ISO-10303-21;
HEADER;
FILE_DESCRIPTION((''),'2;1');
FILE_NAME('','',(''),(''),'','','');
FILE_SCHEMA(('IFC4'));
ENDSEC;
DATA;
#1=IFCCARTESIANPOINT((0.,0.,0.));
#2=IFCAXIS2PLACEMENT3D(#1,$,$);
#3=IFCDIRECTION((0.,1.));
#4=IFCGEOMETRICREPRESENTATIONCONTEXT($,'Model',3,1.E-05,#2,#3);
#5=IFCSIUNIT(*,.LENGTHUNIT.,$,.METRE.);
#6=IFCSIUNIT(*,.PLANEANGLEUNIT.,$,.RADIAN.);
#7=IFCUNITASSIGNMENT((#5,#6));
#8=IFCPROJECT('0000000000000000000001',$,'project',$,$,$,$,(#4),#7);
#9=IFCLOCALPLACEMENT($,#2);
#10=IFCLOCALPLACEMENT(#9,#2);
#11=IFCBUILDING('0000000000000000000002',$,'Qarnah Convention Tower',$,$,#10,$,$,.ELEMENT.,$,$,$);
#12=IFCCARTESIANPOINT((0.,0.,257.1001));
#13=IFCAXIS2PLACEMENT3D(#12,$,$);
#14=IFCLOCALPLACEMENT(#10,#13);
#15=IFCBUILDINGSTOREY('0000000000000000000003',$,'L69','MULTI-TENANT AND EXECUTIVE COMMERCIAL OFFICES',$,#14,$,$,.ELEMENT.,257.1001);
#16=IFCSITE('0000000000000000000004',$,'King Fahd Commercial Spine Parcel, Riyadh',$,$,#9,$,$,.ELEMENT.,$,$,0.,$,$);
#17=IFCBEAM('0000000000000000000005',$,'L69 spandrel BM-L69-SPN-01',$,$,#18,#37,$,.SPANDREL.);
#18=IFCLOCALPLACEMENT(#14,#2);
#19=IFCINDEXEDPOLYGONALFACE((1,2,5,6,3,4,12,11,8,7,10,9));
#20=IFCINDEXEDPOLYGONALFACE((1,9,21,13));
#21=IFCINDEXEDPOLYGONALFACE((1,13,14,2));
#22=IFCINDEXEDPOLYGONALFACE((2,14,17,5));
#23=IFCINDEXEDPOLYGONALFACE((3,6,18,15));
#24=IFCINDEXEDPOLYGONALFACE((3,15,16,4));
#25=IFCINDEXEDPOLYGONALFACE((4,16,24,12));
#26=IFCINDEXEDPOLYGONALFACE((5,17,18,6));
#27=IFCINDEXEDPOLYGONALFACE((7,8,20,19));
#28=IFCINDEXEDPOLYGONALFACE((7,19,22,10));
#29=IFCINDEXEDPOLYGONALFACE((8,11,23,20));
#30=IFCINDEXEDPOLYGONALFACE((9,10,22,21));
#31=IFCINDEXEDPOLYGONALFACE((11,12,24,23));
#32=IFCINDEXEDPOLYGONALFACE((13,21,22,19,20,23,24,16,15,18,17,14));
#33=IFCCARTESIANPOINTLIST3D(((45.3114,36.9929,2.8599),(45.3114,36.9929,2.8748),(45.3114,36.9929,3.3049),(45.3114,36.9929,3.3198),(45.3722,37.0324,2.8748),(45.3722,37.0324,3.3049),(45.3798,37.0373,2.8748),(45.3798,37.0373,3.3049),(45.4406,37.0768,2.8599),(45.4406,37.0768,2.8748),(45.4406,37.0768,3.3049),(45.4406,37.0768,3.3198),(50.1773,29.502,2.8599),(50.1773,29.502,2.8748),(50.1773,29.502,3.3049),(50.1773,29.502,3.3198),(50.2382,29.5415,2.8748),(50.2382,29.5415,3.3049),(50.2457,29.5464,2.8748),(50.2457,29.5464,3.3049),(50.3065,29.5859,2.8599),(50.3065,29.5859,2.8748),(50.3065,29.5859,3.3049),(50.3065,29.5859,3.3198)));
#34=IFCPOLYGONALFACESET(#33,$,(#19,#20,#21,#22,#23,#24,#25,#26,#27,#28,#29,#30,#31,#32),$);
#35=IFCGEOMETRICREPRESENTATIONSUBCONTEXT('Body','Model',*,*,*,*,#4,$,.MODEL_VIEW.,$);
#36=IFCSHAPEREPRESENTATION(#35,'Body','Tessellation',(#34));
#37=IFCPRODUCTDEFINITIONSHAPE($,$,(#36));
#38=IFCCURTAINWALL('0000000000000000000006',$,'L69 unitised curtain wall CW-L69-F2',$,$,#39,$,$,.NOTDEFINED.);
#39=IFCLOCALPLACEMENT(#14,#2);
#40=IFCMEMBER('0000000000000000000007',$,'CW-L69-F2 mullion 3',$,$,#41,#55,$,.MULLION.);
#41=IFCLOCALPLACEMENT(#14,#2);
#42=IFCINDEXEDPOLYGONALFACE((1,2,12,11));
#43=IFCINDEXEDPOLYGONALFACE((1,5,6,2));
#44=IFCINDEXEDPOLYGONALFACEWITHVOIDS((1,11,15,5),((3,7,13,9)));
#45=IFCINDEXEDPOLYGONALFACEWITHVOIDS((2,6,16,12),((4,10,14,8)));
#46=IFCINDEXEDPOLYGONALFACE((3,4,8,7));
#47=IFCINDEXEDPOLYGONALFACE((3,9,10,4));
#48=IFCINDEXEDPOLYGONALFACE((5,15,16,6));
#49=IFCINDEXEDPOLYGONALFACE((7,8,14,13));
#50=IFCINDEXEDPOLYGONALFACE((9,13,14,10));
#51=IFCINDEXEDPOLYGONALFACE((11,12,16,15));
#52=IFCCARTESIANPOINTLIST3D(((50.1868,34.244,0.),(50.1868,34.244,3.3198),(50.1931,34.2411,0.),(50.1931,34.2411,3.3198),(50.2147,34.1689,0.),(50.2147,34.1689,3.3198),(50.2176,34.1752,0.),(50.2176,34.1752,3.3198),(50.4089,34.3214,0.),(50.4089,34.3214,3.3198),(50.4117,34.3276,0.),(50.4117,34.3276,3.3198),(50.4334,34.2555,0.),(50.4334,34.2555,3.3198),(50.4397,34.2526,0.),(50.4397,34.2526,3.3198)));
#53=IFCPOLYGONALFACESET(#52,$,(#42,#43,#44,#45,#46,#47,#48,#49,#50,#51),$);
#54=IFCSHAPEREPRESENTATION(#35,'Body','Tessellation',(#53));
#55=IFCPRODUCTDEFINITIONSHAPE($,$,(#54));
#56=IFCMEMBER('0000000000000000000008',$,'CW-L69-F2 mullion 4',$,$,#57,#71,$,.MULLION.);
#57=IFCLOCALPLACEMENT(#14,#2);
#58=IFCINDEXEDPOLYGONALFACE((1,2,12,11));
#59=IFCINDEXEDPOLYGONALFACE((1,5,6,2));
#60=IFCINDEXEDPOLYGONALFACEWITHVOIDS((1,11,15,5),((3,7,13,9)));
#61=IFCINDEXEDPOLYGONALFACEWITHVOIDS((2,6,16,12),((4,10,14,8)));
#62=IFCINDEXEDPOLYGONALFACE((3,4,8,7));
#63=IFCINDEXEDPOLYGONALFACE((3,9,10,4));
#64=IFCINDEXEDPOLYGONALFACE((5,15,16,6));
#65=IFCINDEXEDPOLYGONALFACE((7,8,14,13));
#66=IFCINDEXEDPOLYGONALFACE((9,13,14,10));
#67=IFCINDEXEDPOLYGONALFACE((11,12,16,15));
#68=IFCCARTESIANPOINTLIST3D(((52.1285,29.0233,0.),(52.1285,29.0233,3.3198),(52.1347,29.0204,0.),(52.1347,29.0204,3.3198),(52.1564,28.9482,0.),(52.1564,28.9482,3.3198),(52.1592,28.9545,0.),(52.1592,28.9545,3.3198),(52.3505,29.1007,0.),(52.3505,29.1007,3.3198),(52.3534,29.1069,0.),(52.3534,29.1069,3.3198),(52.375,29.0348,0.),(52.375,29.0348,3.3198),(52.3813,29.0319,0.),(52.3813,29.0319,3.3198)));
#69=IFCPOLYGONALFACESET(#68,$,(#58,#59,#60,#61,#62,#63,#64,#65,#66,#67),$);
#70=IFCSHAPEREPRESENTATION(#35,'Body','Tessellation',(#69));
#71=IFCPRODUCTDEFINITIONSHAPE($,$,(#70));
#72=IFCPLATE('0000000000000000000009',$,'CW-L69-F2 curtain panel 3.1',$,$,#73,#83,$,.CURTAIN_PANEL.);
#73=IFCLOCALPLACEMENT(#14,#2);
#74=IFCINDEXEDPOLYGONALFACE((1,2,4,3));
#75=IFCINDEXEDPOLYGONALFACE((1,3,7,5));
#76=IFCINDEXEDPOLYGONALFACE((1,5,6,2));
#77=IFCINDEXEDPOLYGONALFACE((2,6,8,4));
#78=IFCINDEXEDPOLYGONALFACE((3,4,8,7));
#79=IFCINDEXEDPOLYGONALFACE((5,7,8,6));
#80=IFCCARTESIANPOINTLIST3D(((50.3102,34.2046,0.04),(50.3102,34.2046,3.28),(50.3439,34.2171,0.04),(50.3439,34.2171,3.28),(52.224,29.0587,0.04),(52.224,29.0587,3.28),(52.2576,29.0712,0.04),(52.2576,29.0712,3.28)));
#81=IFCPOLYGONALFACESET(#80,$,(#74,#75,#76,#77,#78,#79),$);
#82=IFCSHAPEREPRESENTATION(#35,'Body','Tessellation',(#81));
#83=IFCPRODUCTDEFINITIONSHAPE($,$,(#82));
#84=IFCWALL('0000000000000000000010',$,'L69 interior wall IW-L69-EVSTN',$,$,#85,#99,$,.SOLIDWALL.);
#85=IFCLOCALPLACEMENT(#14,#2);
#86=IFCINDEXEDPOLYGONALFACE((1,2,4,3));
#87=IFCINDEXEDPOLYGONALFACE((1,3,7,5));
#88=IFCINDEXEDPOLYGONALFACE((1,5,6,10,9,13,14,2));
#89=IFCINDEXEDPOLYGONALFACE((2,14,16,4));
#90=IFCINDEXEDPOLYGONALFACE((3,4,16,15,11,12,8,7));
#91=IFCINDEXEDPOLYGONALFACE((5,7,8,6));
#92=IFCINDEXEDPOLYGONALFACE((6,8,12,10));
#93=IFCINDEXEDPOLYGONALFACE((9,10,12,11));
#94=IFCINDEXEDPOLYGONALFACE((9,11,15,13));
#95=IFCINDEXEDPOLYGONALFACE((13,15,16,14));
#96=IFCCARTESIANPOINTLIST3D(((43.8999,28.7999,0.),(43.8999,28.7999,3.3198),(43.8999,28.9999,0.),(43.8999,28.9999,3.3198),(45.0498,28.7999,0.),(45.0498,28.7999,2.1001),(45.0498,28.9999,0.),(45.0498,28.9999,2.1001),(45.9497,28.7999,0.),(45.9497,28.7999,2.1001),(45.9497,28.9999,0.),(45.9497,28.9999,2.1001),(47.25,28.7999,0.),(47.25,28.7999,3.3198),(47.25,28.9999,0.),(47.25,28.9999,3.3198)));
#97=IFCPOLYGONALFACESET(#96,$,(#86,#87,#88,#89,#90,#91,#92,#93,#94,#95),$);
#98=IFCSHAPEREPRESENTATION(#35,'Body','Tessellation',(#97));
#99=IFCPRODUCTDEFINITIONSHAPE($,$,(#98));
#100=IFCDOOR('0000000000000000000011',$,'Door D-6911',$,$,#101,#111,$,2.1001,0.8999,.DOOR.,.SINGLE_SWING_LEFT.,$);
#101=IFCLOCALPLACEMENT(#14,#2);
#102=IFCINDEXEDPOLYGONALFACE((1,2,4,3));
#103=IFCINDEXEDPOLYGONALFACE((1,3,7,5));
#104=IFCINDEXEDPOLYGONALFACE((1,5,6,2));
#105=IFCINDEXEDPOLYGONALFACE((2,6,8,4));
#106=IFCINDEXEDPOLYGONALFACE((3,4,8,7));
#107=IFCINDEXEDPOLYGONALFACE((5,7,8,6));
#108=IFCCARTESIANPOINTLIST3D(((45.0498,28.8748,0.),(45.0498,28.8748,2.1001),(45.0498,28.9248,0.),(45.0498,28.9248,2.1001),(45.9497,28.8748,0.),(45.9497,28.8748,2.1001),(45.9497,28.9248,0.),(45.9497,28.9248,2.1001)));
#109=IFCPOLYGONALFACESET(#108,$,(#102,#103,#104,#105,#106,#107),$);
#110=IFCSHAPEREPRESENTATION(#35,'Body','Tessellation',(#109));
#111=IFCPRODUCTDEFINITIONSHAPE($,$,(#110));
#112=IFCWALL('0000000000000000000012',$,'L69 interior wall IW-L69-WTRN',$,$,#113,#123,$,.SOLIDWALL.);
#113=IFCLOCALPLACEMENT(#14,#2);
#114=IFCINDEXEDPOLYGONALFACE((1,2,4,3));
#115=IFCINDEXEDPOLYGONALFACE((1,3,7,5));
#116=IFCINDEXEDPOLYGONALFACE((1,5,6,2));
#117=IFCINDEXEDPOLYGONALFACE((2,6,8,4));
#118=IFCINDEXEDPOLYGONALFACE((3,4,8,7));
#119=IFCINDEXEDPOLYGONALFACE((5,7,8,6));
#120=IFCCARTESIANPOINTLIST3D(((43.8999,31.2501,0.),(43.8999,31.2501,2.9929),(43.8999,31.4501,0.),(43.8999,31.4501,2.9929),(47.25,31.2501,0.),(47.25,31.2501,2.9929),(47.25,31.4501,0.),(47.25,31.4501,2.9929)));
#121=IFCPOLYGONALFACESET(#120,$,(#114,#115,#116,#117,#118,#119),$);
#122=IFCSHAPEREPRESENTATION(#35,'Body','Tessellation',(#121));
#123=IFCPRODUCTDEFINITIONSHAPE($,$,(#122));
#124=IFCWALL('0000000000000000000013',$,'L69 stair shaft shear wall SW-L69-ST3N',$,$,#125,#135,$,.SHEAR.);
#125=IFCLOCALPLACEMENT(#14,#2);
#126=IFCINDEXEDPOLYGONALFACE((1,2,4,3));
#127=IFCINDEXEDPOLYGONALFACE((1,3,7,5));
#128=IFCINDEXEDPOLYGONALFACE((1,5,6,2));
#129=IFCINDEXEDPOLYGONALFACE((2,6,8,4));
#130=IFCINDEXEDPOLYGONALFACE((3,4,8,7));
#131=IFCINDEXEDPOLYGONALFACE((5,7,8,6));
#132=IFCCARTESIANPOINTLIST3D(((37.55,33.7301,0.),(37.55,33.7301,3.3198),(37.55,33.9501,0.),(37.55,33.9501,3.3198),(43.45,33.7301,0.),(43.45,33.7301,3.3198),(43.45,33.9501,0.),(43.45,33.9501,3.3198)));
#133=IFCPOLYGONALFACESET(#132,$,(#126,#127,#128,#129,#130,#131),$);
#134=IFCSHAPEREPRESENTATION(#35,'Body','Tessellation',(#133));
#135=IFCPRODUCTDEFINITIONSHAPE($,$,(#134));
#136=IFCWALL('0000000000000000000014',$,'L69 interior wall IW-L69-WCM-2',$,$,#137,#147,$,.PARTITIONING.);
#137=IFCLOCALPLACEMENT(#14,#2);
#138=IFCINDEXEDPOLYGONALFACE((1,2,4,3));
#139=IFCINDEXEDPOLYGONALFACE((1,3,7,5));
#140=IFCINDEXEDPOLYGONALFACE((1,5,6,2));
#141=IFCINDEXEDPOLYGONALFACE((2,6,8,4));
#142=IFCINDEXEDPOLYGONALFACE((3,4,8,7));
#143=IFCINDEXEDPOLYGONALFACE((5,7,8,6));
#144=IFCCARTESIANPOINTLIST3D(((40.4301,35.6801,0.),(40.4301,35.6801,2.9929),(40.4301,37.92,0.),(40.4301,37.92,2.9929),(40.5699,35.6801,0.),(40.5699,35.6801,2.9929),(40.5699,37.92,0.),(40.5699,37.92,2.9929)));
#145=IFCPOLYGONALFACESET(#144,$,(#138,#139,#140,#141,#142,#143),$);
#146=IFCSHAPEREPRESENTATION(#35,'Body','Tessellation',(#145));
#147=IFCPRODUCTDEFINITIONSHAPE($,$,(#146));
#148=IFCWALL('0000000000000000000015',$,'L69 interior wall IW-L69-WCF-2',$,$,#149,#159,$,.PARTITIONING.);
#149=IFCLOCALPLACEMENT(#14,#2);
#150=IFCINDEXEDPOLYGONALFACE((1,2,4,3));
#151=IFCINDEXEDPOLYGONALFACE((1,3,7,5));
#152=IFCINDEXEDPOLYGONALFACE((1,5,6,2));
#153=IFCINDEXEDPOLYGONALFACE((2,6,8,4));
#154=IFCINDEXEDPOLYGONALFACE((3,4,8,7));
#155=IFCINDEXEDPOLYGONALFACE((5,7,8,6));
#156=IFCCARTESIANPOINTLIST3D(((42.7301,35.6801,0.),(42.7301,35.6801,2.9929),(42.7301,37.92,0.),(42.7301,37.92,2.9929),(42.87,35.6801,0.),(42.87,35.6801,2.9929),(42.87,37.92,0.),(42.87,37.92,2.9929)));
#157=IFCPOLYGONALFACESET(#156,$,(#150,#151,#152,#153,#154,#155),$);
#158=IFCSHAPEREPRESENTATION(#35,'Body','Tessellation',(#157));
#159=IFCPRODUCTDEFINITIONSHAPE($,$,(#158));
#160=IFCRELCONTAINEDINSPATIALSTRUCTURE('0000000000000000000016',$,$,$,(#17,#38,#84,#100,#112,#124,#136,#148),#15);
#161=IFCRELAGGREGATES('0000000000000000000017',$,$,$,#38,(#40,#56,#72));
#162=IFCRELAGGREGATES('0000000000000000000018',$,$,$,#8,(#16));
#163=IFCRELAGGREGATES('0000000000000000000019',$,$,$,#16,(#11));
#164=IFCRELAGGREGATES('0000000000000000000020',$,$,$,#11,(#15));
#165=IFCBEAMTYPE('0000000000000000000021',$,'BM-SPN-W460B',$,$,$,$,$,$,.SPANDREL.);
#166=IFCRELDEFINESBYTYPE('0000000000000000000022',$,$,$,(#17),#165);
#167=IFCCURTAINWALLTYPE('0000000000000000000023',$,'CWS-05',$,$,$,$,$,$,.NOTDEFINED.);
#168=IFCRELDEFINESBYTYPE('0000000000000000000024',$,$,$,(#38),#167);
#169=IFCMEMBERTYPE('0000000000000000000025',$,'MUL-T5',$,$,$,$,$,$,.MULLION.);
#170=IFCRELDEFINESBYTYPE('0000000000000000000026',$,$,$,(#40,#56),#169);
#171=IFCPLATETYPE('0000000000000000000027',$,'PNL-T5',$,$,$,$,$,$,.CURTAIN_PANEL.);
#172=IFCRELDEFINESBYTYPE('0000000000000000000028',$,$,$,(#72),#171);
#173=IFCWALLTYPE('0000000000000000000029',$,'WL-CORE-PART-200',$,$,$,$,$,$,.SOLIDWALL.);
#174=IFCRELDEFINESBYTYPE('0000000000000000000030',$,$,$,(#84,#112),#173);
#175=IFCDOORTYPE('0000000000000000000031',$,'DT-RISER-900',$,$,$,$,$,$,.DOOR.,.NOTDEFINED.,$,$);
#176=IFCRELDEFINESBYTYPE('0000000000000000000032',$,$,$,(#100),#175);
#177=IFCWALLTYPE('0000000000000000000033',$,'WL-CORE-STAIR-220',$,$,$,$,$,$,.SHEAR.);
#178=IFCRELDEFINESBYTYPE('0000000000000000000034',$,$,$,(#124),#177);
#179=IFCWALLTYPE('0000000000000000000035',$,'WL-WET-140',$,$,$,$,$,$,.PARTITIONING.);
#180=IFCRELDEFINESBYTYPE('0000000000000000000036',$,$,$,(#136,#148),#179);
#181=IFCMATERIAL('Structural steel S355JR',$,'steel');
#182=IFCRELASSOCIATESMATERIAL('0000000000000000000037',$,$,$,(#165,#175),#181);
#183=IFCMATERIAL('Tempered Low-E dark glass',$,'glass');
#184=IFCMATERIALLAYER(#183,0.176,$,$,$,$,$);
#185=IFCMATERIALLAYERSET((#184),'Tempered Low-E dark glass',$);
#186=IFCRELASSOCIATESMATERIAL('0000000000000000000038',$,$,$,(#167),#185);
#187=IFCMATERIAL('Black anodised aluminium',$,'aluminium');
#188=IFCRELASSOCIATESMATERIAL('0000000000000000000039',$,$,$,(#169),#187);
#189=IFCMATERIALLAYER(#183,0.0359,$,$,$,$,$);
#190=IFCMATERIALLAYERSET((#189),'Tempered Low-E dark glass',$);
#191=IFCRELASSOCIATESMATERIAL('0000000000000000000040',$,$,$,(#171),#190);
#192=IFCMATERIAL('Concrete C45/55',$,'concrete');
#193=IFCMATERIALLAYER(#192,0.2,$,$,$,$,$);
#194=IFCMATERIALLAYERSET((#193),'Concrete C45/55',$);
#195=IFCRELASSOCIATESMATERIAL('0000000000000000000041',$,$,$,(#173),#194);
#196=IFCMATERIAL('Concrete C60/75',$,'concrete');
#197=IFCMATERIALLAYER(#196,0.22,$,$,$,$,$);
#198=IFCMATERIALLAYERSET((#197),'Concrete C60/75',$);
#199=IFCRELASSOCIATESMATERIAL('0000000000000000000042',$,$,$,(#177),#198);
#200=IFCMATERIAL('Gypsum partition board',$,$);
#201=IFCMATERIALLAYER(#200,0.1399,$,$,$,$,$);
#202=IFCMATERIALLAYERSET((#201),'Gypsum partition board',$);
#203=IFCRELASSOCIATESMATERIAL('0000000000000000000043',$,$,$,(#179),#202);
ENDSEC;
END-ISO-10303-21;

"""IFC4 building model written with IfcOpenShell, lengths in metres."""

from ifc_helpers import new_model, si_unit, direction, frame, frame_2d, origin, origin_2d, place, context, subcontext, project, spatial, rectangle, hollow_rectangle, i_section, extrude, material, layer, layer_set, material_profile, profile_set, type_object, element, fill, aggregate, save


model = new_model("IFC4")

# Units and contexts
model_context = context("Model", 3, precision=1e-05, world=origin(), true_north=direction((0.0, 1.0)))
body_context = subcontext(model_context, "Body", "Model", "MODEL_VIEW")
ifc_project = project(units=[si_unit("LENGTHUNIT", "METRE"), si_unit("PLANEANGLEUNIT", "RADIAN")], contexts=[model_context])

# Site, building, storey
site_placement = place(None, origin())
site = spatial("IfcSite", under=ifc_project, at=site_placement, Name="King Fahd Commercial Spine Parcel, Riyadh", CompositionType="ELEMENT", RefElevation=0.0)
building_placement = place(site_placement, origin())
building = spatial("IfcBuilding", under=site, at=building_placement, Name="Qarnah Convention Tower", CompositionType="ELEMENT")
storey_placement = place(building_placement, frame((0.0, 0.0, 257.1001)))
storey = spatial("IfcBuildingStorey", under=building, at=storey_placement, Name="L69", Description="MULTI-TENANT AND EXECUTIVE COMMERCIAL OFFICES", CompositionType="ELEMENT", Elevation=257.1001)

# Beam
ifc_material_1 = material(Name="Structural steel S355JR", Category="steel")
ifc_material_profile_1 = material_profile(ifc_material_1, i_section(OverallWidth=0.1541, OverallDepth=0.46, WebThickness=0.009, FlangeThickness=0.0149, at=origin_2d()), Name="W460X68")
ifc_profile_set_1 = profile_set([ifc_material_profile_1], Name="Structural steel S355JR")
beam_type_1 = type_object("IfcBeamType", Name="BM-SPN-W460B", PredefinedType="SPANDREL", material=ifc_profile_set_1)
beam_1_placement = place(storey_placement, frame((50.2419, 29.5439, 3.0898), z_axis=(-0.54474, 0.838605, 0.0), x_axis=(-0.838605, -0.54474, 0.0)))
element("IfcBeam", 1, at=beam_1_placement, inside=storey, type_object=beam_type_1, Name="L69 spandrel BM-L69-SPN-01", PredefinedType="SPANDREL", context=body_context, shape_type="SweptSolid", body=[
    extrude(i_section(OverallWidth=0.1541, OverallDepth=0.46, WebThickness=0.009, FlangeThickness=0.0149, at=origin_2d()), origin(), (0.0, 0.0, 1.0), 8.9326),
])

# Curtain wall, members, plate
ifc_material_2 = material(Name="Tempered Low-E dark glass", Category="glass")
ifc_layer_1 = layer(ifc_material_2, 0.176)
ifc_layer_set_1 = layer_set([ifc_layer_1], Name="Tempered Low-E dark glass")
curtain_wall_type = type_object("IfcCurtainWallType", Name="CWS-05", PredefinedType="NOTDEFINED", material=ifc_layer_set_1)
curtain_wall_placement = place(storey_placement, origin())
curtain_wall = element("IfcCurtainWall", 2, at=curtain_wall_placement, inside=storey, type_object=curtain_wall_type, Name="L69 unitised curtain wall CW-L69-F2", PredefinedType="NOTDEFINED")
ifc_material_3 = material(Name="Black anodised aluminium", Category="aluminium")
ifc_material_profile_2 = material_profile(ifc_material_3, hollow_rectangle(XDim=0.0801, YDim=0.24, WallThickness=0.0049, at=origin_2d()), Name="MUL-80X240")
ifc_profile_set_2 = profile_set([ifc_material_profile_2], Name="Black anodised aluminium")
member_type = type_object("IfcMemberType", Name="MUL-T5", PredefinedType="MULLION", material=ifc_profile_set_2)
member_1_placement = place(storey_placement, frame((50.3132, 34.2483, 0.0), z_axis=(0.0, 0.0, 1.0), x_axis=(0.348572, -0.937282, 0.0)))
member_1 = element("IfcMember", 3, at=member_1_placement, type_object=member_type, Name="CW-L69-F2 mullion 3", PredefinedType="MULLION", context=body_context, shape_type="SweptSolid", body=[
    extrude(hollow_rectangle(XDim=0.0801, YDim=0.24, WallThickness=0.0049, at=origin_2d()), origin(), (0.0, 0.0, 1.0), 3.3198),
])
member_2_placement = place(storey_placement, frame((52.2549, 29.0276, 0.0), z_axis=(0.0, 0.0, 1.0), x_axis=(0.348572, -0.937282, 0.0)))
member_2 = element("IfcMember", 4, at=member_2_placement, type_object=member_type, Name="CW-L69-F2 mullion 4", PredefinedType="MULLION", context=body_context, shape_type="SweptSolid", body=[
    extrude(hollow_rectangle(XDim=0.0801, YDim=0.24, WallThickness=0.0049, at=origin_2d()), origin(), (0.0, 0.0, 1.0), 3.3198),
])
ifc_layer_2 = layer(ifc_material_2, 0.0359)
ifc_layer_set_2 = layer_set([ifc_layer_2], Name="Tempered Low-E dark glass")
plate_type = type_object("IfcPlateType", Name="PNL-T5", PredefinedType="CURTAIN_PANEL", material=ifc_layer_set_2)
plate_placement = place(storey_placement, frame((51.2839, 31.6379, 0.04), z_axis=(0.0, 0.0, 1.0), x_axis=(0.348572, -0.937282, 0.0)))
plate = element("IfcPlate", 5, at=plate_placement, type_object=plate_type, Name="CW-L69-F2 curtain panel 3.1", PredefinedType="CURTAIN_PANEL", context=body_context, shape_type="SweptSolid", body=[
    extrude(rectangle(XDim=5.4902, YDim=0.0359, at=origin_2d()), origin(), (0.0, 0.0, 1.0), 3.24),
])
aggregate(curtain_wall, [member_1, member_2, plate])

# Wall, opening, door
ifc_material_4 = material(Name="Concrete C45/55", Category="concrete")
ifc_layer_3 = layer(ifc_material_4, 0.2)
ifc_layer_set_3 = layer_set([ifc_layer_3], Name="Concrete C45/55")
wall_type_1 = type_object("IfcWallType", Name="WL-CORE-PART-200", PredefinedType="SOLIDWALL", material=ifc_layer_set_3)
wall_1_placement = place(storey_placement, frame((43.8999, 28.8999, 0.0), z_axis=(0.0, 0.0, 1.0), x_axis=(1.0, 0.0, 0.0)))
wall_1 = element("IfcWall", 6, at=wall_1_placement, inside=storey, type_object=wall_type_1, Name="L69 interior wall IW-L69-EVSTN", PredefinedType="SOLIDWALL", context=body_context, shape_type="SweptSolid", body=[
    extrude(rectangle(XDim=3.3501, YDim=0.2, at=frame_2d((1.675, 0.0))), origin(), (0.0, 0.0, 1.0), 3.3198),
])
opening_placement = place(wall_1_placement, frame((1.1499, 0.0, 0.0)))
opening = element("IfcOpeningElement", 7, at=opening_placement, cuts=wall_1, PredefinedType="OPENING", context=body_context, shape_type="SweptSolid", body=[
    extrude(rectangle(XDim=0.8999, YDim=2.1001, at=frame_2d((0.45, 1.05))), frame((0.0, 0.1099, 0.0), z_axis=(0.0, -1.0, 0.0), x_axis=(1.0, 0.0, 0.0)), (0.0, 0.0, 1.0), 0.22),
])
door_type = type_object("IfcDoorType", Name="DT-RISER-900", OperationType="NOTDEFINED", PredefinedType="DOOR", material=ifc_material_1)
door_placement = place(opening_placement, origin())
door = element("IfcDoor", 8, at=door_placement, inside=storey, type_object=door_type, Name="Door D-6911", OperationType="SINGLE_SWING_LEFT", OverallHeight=2.1001, OverallWidth=0.8999, PredefinedType="DOOR", context=body_context, shape_type="SweptSolid", body=[
    extrude(rectangle(XDim=0.8999, YDim=2.1001, at=frame_2d((0.45, 1.05))), frame((0.0, 0.0249, 0.0), z_axis=(0.0, -1.0, 0.0), x_axis=(1.0, 0.0, 0.0)), (0.0, 0.0, 1.0), 0.05),
])
fill(opening, door)

# Walls
wall_2_placement = place(storey_placement, frame((43.8999, 31.3501, 0.0), z_axis=(0.0, 0.0, 1.0), x_axis=(1.0, 0.0, 0.0)))
element("IfcWall", 9, at=wall_2_placement, inside=storey, type_object=wall_type_1, Name="L69 interior wall IW-L69-WTRN", PredefinedType="SOLIDWALL", context=body_context, shape_type="SweptSolid", body=[
    extrude(rectangle(XDim=3.3501, YDim=0.2, at=frame_2d((1.675, 0.0))), origin(), (0.0, 0.0, 1.0), 2.9929),
])
ifc_material_5 = material(Name="Concrete C60/75", Category="concrete")
ifc_layer_4 = layer(ifc_material_5, 0.22)
ifc_layer_set_4 = layer_set([ifc_layer_4], Name="Concrete C60/75")
wall_type_2 = type_object("IfcWallType", Name="WL-CORE-STAIR-220", PredefinedType="SHEAR", material=ifc_layer_set_4)
wall_3_placement = place(storey_placement, frame((37.55, 33.8401, 0.0), z_axis=(0.0, 0.0, 1.0), x_axis=(1.0, 0.0, 0.0)))
element("IfcWall", 10, at=wall_3_placement, inside=storey, type_object=wall_type_2, Name="L69 stair shaft shear wall SW-L69-ST3N", PredefinedType="SHEAR", context=body_context, shape_type="SweptSolid", body=[
    extrude(rectangle(XDim=5.8999, YDim=0.22, at=frame_2d((2.95, 0.0))), origin(), (0.0, 0.0, 1.0), 3.3198),
])
ifc_material_6 = material(Name="Gypsum partition board")
ifc_layer_5 = layer(ifc_material_6, 0.1399)
ifc_layer_set_5 = layer_set([ifc_layer_5], Name="Gypsum partition board")
wall_type_3 = type_object("IfcWallType", Name="WL-WET-140", PredefinedType="PARTITIONING", material=ifc_layer_set_5)
for number, where, z_axis, x_axis, name in (
    (11, (40.5, 35.6799, 0.0), (0.0, 0.0, 1.0), (0.0, 1.0, 0.0), "L69 interior wall IW-L69-WCM-2"),
    (12, (42.8, 35.6799, 0.0), (0.0, 0.0, 1.0), (0.0, 1.0, 0.0), "L69 interior wall IW-L69-WCF-2"),
):
    element("IfcWall", number, at=place(storey_placement, frame(where, z_axis=z_axis, x_axis=x_axis)), inside=storey, type_object=wall_type_3, Name=name, PredefinedType="PARTITIONING", context=body_context, shape_type="SweptSolid", body=[
        extrude(rectangle(XDim=2.24, YDim=0.1399, at=frame_2d((1.1201, 0.0))), origin(), (0.0, 0.0, 1.0), 2.9929),
    ])

save(model, "model.ifc")
